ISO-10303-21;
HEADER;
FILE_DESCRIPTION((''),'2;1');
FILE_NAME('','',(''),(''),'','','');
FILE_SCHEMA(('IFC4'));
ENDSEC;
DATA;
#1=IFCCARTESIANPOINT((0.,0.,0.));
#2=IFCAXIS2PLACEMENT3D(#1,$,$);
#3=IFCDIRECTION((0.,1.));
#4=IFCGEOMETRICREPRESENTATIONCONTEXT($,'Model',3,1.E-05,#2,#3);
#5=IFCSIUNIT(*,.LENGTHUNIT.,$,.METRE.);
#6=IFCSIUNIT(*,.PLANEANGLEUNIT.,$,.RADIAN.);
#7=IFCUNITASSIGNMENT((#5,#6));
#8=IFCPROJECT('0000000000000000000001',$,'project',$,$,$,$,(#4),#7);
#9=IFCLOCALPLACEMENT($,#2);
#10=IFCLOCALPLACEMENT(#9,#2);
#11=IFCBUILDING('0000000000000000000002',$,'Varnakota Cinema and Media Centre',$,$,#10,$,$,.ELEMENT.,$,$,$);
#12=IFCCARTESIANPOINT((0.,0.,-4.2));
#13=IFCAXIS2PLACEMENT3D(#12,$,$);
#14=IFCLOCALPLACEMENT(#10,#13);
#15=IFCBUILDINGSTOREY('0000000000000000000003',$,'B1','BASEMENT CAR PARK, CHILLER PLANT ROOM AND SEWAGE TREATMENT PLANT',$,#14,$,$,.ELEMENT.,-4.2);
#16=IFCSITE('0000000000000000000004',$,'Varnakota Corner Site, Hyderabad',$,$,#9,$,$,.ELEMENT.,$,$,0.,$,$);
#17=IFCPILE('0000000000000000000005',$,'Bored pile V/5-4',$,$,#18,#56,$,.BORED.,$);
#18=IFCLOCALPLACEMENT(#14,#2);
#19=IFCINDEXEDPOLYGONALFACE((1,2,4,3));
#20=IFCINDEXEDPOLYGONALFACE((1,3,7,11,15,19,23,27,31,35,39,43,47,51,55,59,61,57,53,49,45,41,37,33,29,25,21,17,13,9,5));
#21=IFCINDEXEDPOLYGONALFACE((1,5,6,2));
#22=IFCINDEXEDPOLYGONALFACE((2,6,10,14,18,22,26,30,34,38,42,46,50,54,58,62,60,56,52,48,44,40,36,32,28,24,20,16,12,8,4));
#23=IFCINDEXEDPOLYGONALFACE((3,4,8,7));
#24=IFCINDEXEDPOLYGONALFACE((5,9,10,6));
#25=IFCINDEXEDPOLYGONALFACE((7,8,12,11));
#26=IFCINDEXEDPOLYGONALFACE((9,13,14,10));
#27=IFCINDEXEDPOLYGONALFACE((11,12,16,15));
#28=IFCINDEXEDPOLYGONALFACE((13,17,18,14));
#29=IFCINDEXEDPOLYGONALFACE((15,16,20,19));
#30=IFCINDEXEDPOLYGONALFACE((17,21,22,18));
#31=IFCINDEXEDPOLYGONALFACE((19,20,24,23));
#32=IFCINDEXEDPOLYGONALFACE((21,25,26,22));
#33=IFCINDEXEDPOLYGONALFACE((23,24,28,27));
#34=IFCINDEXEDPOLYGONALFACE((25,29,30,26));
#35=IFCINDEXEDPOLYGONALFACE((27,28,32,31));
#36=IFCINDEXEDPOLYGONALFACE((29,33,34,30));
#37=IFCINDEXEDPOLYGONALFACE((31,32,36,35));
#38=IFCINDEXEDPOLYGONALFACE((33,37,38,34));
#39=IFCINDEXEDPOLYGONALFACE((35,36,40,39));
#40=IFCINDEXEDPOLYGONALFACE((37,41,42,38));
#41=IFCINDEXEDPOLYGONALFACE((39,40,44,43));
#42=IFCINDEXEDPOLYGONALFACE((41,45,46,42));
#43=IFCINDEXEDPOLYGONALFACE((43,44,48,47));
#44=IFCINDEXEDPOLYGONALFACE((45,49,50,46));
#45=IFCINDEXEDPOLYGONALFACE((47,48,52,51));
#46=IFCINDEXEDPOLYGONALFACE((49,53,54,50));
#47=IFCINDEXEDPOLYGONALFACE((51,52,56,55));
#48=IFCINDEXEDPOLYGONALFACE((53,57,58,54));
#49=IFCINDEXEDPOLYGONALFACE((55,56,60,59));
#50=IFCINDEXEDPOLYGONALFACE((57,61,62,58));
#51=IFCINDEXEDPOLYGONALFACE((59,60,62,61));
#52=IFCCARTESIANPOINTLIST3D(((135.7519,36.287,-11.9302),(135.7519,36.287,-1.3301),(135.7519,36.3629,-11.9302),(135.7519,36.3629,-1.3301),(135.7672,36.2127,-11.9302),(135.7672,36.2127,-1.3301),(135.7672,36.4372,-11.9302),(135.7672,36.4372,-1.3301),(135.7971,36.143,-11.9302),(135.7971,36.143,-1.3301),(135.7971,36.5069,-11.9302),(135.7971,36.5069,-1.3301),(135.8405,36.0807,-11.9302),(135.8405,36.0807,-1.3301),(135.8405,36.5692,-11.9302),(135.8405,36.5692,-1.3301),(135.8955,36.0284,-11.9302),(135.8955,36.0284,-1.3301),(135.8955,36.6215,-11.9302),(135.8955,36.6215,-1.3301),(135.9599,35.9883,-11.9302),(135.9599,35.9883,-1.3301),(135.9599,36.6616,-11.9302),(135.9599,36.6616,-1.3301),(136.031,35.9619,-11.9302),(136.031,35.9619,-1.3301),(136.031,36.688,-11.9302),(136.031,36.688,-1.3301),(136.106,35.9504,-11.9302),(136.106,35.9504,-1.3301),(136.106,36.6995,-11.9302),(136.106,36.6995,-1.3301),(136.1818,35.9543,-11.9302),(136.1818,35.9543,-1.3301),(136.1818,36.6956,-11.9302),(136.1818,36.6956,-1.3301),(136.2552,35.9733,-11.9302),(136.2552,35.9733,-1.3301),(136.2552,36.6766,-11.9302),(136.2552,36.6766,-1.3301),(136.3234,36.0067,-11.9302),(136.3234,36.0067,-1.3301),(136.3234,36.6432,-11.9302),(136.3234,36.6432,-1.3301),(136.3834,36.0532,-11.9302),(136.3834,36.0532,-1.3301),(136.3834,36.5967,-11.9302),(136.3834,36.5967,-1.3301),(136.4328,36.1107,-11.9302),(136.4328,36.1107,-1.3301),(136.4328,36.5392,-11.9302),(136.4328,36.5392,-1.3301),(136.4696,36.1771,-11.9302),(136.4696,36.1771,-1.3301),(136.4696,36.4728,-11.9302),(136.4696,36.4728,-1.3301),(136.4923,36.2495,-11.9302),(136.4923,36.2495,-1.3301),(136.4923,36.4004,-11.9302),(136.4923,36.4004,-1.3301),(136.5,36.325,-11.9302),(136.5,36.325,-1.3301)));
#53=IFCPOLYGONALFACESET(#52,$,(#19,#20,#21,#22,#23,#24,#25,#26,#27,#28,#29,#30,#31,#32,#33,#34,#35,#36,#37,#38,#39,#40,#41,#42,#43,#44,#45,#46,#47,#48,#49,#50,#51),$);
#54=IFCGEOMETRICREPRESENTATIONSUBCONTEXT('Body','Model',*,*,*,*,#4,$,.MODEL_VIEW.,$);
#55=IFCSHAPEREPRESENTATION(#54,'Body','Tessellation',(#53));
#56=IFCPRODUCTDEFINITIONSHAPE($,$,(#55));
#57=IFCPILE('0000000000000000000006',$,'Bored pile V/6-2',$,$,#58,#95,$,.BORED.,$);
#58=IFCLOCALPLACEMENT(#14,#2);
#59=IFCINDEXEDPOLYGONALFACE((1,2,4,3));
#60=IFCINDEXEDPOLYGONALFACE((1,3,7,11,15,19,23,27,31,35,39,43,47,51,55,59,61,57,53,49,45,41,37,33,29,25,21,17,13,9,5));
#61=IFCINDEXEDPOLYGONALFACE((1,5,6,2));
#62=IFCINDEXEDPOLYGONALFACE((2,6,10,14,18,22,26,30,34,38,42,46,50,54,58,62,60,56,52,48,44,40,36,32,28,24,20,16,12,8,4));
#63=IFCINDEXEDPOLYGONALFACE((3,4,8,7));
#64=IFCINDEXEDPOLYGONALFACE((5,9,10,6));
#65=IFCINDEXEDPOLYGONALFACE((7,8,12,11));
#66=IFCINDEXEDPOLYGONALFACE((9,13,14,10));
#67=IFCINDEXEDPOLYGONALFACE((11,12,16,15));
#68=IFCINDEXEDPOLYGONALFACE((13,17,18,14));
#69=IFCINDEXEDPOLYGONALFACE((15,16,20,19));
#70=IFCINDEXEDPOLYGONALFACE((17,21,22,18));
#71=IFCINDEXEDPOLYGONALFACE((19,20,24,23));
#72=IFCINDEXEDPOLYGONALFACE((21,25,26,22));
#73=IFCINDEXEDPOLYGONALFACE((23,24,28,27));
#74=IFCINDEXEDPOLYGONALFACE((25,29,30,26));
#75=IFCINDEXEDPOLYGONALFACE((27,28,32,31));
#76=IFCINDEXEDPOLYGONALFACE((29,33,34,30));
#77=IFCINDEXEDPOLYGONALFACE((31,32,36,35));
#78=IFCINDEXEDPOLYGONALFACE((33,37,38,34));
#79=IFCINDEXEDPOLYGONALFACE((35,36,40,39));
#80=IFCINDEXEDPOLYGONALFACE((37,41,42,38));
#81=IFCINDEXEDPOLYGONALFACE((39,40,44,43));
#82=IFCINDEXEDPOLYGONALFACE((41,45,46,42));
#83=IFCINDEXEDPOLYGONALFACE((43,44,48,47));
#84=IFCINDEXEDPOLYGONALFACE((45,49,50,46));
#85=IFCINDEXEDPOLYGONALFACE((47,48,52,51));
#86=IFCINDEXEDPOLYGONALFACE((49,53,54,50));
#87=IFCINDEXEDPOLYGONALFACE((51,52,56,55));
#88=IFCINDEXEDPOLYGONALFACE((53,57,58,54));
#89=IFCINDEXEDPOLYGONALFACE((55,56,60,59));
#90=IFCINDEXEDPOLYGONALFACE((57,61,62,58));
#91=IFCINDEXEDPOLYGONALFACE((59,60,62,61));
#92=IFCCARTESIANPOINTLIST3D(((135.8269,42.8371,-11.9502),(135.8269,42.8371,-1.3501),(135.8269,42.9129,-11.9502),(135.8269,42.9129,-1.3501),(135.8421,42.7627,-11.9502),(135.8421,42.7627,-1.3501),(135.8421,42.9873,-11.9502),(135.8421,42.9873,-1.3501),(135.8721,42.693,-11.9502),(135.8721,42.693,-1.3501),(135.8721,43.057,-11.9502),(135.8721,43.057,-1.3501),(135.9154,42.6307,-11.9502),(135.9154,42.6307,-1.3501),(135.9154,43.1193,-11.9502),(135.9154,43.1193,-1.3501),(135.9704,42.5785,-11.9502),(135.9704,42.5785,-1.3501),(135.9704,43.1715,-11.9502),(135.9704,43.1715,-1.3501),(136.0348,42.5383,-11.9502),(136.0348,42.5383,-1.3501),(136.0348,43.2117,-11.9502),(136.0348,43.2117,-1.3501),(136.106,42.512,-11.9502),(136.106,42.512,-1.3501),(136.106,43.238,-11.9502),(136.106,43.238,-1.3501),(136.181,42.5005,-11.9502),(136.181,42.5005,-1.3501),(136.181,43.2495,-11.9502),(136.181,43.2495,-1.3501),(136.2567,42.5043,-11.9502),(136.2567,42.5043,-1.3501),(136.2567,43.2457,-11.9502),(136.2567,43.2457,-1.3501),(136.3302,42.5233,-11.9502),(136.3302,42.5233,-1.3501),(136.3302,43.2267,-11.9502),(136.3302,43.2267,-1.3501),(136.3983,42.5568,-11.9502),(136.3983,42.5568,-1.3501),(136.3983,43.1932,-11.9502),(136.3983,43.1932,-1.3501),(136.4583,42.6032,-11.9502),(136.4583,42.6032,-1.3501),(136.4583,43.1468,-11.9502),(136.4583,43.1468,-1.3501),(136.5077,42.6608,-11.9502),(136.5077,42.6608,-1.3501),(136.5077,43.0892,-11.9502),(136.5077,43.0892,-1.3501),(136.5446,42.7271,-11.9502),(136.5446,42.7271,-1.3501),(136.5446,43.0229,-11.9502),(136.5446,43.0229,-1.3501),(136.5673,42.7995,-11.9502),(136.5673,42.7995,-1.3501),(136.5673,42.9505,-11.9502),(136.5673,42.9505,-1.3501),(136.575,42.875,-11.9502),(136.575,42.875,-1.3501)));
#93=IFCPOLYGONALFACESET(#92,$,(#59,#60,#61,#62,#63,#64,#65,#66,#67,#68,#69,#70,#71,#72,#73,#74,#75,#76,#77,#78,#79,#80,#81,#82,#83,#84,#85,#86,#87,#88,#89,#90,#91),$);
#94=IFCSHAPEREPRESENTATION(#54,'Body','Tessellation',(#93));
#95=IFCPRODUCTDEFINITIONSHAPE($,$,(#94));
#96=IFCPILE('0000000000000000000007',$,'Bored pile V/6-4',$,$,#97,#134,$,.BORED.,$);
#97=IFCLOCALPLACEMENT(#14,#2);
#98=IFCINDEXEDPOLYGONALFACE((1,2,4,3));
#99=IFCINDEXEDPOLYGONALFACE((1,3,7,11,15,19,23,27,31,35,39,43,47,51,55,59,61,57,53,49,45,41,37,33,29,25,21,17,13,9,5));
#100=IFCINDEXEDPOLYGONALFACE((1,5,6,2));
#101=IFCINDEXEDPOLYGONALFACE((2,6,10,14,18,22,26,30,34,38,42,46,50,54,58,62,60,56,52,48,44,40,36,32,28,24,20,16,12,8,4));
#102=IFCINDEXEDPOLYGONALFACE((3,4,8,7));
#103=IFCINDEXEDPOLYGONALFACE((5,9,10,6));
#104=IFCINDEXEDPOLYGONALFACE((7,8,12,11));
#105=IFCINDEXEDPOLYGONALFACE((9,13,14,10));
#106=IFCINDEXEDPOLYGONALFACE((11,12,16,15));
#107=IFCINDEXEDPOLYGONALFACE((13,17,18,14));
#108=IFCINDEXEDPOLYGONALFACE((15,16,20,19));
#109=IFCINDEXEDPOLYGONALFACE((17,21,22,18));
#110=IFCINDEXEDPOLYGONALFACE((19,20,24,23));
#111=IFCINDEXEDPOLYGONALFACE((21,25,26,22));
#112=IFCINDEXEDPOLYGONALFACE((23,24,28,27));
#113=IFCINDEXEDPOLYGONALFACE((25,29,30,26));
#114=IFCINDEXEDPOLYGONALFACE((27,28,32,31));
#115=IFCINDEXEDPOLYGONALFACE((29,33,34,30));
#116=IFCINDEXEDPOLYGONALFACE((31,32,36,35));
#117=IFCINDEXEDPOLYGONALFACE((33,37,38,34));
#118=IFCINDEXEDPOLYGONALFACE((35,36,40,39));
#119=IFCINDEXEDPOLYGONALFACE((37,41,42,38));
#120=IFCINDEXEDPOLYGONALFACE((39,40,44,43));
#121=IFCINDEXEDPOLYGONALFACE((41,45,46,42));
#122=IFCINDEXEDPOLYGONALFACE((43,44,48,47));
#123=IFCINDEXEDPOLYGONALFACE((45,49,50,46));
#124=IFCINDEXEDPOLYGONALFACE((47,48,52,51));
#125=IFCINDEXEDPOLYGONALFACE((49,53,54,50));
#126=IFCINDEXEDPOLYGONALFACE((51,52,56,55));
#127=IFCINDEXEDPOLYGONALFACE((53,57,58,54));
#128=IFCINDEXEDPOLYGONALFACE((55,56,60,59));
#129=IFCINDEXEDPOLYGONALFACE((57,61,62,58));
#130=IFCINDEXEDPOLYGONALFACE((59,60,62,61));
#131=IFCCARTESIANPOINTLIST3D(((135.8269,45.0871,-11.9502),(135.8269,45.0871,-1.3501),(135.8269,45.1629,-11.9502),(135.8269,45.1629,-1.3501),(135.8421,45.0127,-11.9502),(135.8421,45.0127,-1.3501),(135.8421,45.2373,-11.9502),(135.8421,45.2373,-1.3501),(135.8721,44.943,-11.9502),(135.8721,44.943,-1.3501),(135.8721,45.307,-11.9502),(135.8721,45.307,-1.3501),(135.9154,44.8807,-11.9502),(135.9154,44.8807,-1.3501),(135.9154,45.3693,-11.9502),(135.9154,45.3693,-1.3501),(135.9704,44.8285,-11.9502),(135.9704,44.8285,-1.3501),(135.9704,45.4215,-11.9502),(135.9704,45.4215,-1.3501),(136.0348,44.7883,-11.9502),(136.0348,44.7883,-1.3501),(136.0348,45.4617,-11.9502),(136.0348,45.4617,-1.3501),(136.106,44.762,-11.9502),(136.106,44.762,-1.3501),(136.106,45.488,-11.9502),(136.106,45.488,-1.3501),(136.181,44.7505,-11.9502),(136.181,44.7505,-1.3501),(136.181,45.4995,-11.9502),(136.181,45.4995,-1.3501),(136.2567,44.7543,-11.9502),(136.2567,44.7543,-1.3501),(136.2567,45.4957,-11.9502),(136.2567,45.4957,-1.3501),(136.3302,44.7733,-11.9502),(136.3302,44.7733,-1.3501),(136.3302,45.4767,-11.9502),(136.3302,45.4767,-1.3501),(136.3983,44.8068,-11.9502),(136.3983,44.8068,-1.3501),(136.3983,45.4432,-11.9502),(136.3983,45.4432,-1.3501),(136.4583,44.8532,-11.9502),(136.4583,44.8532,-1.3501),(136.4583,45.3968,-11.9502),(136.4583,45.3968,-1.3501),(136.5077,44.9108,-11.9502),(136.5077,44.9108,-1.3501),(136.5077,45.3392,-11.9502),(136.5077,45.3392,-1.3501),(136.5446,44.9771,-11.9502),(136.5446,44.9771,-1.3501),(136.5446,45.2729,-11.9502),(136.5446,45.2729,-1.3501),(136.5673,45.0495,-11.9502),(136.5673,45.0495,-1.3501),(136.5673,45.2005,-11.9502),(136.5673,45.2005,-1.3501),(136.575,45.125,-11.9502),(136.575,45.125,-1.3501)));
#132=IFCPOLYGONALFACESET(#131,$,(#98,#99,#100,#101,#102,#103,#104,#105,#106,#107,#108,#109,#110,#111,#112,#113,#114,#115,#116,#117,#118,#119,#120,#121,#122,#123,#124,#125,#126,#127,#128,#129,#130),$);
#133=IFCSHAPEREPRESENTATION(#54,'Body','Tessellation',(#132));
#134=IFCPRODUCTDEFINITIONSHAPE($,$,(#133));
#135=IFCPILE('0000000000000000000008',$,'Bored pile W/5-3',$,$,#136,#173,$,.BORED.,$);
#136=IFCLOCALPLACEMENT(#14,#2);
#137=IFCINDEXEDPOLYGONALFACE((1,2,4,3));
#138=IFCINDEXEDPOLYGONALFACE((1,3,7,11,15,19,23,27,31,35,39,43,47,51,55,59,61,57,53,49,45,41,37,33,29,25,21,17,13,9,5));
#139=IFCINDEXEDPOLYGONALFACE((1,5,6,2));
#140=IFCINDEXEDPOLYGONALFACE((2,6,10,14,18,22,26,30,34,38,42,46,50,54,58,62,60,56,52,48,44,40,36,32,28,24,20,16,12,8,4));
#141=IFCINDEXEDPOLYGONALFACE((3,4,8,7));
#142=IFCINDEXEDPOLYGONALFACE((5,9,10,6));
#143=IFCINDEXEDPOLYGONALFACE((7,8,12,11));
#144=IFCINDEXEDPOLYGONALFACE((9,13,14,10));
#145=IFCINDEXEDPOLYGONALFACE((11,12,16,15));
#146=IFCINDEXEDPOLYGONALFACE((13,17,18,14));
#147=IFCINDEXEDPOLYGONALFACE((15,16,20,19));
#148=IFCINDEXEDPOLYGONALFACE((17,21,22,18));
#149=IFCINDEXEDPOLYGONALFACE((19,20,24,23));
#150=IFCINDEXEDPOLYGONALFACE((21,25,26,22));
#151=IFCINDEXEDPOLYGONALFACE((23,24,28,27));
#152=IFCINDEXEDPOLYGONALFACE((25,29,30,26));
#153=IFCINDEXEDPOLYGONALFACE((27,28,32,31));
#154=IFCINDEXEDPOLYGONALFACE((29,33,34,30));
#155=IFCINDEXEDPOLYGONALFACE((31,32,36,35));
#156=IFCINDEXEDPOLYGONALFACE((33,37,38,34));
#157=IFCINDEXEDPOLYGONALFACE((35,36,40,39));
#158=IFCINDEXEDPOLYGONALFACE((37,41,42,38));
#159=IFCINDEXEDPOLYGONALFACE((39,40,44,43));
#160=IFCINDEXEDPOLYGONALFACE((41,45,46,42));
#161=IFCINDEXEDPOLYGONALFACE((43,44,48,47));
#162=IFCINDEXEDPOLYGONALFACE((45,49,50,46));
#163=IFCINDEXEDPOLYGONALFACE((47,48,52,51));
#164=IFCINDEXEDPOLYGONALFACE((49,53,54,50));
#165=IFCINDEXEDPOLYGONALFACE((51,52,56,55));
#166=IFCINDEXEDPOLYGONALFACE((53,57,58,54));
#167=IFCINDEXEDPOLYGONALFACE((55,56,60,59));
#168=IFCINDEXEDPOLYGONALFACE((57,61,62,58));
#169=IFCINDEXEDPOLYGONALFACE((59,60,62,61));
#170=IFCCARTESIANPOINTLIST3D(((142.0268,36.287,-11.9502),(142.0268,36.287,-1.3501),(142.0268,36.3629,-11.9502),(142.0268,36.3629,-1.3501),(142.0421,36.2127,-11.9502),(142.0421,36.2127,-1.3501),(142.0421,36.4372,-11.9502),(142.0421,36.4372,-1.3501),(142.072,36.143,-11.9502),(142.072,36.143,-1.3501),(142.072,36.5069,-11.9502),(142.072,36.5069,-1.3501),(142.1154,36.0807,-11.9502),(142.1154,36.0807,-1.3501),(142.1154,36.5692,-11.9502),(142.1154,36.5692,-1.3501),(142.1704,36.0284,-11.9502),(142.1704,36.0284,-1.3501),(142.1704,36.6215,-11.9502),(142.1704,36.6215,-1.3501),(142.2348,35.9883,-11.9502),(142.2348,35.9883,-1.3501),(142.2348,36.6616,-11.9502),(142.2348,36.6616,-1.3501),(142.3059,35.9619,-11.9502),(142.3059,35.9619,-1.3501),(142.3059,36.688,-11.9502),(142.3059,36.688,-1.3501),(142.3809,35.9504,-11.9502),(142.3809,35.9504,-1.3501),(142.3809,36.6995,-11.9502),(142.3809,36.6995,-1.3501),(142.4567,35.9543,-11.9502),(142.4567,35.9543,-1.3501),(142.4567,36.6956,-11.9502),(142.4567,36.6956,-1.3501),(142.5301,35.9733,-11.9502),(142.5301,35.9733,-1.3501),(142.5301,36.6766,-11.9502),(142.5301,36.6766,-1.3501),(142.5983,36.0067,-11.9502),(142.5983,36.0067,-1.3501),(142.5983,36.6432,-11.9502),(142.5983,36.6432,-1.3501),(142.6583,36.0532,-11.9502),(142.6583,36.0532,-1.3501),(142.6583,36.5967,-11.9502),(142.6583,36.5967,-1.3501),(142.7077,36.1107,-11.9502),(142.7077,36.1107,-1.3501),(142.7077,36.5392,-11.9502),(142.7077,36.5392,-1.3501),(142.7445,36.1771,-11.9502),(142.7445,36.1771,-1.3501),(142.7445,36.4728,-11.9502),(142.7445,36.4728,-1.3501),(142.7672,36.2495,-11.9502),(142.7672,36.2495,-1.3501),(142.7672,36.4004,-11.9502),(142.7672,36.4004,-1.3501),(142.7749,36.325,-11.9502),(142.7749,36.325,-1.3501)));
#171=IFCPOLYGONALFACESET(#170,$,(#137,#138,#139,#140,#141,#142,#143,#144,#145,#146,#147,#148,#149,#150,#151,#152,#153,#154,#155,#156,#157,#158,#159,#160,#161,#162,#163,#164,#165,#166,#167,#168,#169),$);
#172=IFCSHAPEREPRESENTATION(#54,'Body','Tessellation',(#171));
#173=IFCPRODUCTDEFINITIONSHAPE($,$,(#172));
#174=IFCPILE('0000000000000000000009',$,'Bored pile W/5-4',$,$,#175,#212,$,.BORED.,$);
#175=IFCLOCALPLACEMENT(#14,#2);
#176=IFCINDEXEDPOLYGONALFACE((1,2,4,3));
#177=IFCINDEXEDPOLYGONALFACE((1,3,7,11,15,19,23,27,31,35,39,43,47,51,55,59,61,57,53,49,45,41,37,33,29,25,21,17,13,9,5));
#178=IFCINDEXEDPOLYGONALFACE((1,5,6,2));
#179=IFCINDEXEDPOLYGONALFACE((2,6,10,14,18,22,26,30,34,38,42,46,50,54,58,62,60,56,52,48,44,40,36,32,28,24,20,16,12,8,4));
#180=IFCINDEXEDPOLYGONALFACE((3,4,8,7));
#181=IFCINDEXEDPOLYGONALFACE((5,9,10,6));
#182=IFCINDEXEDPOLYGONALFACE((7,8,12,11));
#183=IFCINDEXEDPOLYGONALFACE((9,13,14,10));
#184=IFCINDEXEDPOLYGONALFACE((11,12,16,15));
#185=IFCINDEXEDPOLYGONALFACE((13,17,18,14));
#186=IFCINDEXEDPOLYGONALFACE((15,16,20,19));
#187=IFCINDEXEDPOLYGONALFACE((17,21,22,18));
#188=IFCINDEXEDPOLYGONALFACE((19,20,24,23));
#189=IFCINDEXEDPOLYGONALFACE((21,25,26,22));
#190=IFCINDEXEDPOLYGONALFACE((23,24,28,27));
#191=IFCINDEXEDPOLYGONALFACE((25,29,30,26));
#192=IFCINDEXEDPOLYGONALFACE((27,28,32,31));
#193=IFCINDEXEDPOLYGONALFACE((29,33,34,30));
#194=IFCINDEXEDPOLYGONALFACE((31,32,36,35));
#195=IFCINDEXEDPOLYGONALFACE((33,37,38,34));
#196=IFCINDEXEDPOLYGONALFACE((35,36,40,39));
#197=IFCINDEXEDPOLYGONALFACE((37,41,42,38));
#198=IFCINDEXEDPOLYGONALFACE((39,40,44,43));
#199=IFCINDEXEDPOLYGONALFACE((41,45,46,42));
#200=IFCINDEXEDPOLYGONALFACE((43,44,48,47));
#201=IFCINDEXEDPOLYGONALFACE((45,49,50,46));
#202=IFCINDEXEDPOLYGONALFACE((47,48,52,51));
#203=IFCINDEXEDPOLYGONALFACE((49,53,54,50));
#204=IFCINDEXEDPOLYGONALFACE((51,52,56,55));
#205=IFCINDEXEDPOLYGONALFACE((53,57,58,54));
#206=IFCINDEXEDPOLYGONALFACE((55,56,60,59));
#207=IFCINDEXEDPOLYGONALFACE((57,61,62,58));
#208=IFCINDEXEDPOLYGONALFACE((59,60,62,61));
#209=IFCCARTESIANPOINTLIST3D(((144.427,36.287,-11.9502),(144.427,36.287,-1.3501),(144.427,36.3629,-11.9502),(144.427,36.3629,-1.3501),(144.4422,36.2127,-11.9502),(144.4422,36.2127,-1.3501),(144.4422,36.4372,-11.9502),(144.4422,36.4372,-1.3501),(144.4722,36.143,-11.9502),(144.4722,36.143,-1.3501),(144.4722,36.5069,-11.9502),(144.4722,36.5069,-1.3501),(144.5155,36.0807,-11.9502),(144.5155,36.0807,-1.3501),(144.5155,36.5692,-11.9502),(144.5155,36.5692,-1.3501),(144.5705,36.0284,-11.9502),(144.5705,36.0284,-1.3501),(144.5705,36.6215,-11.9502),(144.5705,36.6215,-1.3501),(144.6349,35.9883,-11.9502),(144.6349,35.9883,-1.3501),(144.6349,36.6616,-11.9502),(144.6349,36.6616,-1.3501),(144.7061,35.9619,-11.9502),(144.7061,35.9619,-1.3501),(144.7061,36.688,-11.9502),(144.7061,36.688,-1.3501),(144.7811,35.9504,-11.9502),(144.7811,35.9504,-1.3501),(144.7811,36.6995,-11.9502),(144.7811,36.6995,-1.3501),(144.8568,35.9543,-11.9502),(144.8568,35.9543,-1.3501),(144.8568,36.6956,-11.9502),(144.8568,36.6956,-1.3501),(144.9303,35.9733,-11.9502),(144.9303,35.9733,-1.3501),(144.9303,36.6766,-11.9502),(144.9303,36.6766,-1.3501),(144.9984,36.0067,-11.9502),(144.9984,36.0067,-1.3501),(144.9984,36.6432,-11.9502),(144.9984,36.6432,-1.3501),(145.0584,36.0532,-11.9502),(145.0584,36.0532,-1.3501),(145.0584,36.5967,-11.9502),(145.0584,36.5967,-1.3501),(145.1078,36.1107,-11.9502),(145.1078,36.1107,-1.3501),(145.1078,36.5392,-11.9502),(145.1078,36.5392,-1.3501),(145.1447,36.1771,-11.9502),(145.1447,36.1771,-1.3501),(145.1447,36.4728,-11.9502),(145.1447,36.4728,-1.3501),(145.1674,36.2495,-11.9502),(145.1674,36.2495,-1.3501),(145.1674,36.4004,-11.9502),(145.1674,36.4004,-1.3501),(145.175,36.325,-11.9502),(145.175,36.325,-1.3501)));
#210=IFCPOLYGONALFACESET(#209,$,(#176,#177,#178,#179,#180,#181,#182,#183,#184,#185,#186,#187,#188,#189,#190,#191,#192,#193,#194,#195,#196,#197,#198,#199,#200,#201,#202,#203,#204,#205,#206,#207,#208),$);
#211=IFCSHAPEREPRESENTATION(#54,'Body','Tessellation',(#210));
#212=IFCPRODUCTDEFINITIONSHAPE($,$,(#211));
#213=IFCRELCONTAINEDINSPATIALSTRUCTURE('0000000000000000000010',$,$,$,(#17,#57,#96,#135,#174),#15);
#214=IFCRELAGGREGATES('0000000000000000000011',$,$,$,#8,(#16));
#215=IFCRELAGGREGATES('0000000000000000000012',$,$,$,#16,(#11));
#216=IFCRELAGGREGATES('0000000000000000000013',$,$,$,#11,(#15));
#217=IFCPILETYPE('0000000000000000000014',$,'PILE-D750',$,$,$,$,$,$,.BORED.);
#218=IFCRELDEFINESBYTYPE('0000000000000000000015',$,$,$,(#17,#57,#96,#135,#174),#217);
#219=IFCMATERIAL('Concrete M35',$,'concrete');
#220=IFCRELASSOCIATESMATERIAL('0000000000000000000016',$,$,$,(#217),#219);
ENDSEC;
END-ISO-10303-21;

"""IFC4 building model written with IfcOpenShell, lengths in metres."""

from ifc_helpers import new_model, si_unit, direction, frame, origin, origin_2d, place, context, subcontext, project, spatial, circle, extrude, material, material_profile, profile_set, type_object, element, save


model = new_model("IFC4")

# Units and contexts
model_context = context("Model", 3, precision=1e-05, world=origin(), true_north=direction((0.0, 1.0)))
body_context = subcontext(model_context, "Body", "Model", "MODEL_VIEW")
ifc_project = project(units=[si_unit("LENGTHUNIT", "METRE"), si_unit("PLANEANGLEUNIT", "RADIAN")], contexts=[model_context])

# Site, building, storey
site_placement = place(None, origin())
site = spatial("IfcSite", under=ifc_project, at=site_placement, Name="Varnakota Corner Site, Hyderabad", CompositionType="ELEMENT", RefElevation=0.0)
building_placement = place(site_placement, origin())
building = spatial("IfcBuilding", under=site, at=building_placement, Name="Varnakota Cinema and Media Centre", CompositionType="ELEMENT")
storey_placement = place(building_placement, frame((0.0, 0.0, -4.2)))
storey = spatial("IfcBuildingStorey", under=building, at=storey_placement, Name="B1", Description="BASEMENT CAR PARK, CHILLER PLANT ROOM AND SEWAGE TREATMENT PLANT", CompositionType="ELEMENT", Elevation=-4.2)

# Piles
ifc_material_1 = material(Name="Concrete M35", Category="concrete")
ifc_material_profile_1 = material_profile(ifc_material_1, circle(Radius=0.375, at=origin_2d()), Name="PILE D750")
ifc_profile_set_1 = profile_set([ifc_material_profile_1], Name="Concrete M35")
pile_type_1 = type_object("IfcPileType", Name="PILE-D750", PredefinedType="BORED", material=ifc_profile_set_1)
for number, where, z_axis, x_axis, name in (
    (1, (136.125, 36.325, -1.3301), (0.0, 0.0, -1.0), (1.0, 0.0, 0.0), "Bored pile V/5-4"),
    (2, (136.2, 42.875, -1.3501), (0.0, 0.0, -1.0), (1.0, 0.0, 0.0), "Bored pile V/6-2"),
    (3, (136.2, 45.125, -1.3501), (0.0, 0.0, -1.0), (1.0, 0.0, 0.0), "Bored pile V/6-4"),
    (4, (142.3999, 36.325, -1.3501), (0.0, 0.0, -1.0), (1.0, 0.0, 0.0), "Bored pile W/5-3"),
    (5, (144.8, 36.325, -1.3501), (0.0, 0.0, -1.0), (1.0, 0.0, 0.0), "Bored pile W/5-4"),
):
    element("IfcPile", number, at=place(storey_placement, frame(where, z_axis=z_axis, x_axis=x_axis)), inside=storey, type_object=pile_type_1, Name=name, PredefinedType="BORED", context=body_context, shape_type="SweptSolid", body=[
        extrude(circle(Radius=0.375, at=origin_2d()), origin(), (0.0, 0.0, 1.0), 10.6001),
    ])

save(model, "model.ifc")
